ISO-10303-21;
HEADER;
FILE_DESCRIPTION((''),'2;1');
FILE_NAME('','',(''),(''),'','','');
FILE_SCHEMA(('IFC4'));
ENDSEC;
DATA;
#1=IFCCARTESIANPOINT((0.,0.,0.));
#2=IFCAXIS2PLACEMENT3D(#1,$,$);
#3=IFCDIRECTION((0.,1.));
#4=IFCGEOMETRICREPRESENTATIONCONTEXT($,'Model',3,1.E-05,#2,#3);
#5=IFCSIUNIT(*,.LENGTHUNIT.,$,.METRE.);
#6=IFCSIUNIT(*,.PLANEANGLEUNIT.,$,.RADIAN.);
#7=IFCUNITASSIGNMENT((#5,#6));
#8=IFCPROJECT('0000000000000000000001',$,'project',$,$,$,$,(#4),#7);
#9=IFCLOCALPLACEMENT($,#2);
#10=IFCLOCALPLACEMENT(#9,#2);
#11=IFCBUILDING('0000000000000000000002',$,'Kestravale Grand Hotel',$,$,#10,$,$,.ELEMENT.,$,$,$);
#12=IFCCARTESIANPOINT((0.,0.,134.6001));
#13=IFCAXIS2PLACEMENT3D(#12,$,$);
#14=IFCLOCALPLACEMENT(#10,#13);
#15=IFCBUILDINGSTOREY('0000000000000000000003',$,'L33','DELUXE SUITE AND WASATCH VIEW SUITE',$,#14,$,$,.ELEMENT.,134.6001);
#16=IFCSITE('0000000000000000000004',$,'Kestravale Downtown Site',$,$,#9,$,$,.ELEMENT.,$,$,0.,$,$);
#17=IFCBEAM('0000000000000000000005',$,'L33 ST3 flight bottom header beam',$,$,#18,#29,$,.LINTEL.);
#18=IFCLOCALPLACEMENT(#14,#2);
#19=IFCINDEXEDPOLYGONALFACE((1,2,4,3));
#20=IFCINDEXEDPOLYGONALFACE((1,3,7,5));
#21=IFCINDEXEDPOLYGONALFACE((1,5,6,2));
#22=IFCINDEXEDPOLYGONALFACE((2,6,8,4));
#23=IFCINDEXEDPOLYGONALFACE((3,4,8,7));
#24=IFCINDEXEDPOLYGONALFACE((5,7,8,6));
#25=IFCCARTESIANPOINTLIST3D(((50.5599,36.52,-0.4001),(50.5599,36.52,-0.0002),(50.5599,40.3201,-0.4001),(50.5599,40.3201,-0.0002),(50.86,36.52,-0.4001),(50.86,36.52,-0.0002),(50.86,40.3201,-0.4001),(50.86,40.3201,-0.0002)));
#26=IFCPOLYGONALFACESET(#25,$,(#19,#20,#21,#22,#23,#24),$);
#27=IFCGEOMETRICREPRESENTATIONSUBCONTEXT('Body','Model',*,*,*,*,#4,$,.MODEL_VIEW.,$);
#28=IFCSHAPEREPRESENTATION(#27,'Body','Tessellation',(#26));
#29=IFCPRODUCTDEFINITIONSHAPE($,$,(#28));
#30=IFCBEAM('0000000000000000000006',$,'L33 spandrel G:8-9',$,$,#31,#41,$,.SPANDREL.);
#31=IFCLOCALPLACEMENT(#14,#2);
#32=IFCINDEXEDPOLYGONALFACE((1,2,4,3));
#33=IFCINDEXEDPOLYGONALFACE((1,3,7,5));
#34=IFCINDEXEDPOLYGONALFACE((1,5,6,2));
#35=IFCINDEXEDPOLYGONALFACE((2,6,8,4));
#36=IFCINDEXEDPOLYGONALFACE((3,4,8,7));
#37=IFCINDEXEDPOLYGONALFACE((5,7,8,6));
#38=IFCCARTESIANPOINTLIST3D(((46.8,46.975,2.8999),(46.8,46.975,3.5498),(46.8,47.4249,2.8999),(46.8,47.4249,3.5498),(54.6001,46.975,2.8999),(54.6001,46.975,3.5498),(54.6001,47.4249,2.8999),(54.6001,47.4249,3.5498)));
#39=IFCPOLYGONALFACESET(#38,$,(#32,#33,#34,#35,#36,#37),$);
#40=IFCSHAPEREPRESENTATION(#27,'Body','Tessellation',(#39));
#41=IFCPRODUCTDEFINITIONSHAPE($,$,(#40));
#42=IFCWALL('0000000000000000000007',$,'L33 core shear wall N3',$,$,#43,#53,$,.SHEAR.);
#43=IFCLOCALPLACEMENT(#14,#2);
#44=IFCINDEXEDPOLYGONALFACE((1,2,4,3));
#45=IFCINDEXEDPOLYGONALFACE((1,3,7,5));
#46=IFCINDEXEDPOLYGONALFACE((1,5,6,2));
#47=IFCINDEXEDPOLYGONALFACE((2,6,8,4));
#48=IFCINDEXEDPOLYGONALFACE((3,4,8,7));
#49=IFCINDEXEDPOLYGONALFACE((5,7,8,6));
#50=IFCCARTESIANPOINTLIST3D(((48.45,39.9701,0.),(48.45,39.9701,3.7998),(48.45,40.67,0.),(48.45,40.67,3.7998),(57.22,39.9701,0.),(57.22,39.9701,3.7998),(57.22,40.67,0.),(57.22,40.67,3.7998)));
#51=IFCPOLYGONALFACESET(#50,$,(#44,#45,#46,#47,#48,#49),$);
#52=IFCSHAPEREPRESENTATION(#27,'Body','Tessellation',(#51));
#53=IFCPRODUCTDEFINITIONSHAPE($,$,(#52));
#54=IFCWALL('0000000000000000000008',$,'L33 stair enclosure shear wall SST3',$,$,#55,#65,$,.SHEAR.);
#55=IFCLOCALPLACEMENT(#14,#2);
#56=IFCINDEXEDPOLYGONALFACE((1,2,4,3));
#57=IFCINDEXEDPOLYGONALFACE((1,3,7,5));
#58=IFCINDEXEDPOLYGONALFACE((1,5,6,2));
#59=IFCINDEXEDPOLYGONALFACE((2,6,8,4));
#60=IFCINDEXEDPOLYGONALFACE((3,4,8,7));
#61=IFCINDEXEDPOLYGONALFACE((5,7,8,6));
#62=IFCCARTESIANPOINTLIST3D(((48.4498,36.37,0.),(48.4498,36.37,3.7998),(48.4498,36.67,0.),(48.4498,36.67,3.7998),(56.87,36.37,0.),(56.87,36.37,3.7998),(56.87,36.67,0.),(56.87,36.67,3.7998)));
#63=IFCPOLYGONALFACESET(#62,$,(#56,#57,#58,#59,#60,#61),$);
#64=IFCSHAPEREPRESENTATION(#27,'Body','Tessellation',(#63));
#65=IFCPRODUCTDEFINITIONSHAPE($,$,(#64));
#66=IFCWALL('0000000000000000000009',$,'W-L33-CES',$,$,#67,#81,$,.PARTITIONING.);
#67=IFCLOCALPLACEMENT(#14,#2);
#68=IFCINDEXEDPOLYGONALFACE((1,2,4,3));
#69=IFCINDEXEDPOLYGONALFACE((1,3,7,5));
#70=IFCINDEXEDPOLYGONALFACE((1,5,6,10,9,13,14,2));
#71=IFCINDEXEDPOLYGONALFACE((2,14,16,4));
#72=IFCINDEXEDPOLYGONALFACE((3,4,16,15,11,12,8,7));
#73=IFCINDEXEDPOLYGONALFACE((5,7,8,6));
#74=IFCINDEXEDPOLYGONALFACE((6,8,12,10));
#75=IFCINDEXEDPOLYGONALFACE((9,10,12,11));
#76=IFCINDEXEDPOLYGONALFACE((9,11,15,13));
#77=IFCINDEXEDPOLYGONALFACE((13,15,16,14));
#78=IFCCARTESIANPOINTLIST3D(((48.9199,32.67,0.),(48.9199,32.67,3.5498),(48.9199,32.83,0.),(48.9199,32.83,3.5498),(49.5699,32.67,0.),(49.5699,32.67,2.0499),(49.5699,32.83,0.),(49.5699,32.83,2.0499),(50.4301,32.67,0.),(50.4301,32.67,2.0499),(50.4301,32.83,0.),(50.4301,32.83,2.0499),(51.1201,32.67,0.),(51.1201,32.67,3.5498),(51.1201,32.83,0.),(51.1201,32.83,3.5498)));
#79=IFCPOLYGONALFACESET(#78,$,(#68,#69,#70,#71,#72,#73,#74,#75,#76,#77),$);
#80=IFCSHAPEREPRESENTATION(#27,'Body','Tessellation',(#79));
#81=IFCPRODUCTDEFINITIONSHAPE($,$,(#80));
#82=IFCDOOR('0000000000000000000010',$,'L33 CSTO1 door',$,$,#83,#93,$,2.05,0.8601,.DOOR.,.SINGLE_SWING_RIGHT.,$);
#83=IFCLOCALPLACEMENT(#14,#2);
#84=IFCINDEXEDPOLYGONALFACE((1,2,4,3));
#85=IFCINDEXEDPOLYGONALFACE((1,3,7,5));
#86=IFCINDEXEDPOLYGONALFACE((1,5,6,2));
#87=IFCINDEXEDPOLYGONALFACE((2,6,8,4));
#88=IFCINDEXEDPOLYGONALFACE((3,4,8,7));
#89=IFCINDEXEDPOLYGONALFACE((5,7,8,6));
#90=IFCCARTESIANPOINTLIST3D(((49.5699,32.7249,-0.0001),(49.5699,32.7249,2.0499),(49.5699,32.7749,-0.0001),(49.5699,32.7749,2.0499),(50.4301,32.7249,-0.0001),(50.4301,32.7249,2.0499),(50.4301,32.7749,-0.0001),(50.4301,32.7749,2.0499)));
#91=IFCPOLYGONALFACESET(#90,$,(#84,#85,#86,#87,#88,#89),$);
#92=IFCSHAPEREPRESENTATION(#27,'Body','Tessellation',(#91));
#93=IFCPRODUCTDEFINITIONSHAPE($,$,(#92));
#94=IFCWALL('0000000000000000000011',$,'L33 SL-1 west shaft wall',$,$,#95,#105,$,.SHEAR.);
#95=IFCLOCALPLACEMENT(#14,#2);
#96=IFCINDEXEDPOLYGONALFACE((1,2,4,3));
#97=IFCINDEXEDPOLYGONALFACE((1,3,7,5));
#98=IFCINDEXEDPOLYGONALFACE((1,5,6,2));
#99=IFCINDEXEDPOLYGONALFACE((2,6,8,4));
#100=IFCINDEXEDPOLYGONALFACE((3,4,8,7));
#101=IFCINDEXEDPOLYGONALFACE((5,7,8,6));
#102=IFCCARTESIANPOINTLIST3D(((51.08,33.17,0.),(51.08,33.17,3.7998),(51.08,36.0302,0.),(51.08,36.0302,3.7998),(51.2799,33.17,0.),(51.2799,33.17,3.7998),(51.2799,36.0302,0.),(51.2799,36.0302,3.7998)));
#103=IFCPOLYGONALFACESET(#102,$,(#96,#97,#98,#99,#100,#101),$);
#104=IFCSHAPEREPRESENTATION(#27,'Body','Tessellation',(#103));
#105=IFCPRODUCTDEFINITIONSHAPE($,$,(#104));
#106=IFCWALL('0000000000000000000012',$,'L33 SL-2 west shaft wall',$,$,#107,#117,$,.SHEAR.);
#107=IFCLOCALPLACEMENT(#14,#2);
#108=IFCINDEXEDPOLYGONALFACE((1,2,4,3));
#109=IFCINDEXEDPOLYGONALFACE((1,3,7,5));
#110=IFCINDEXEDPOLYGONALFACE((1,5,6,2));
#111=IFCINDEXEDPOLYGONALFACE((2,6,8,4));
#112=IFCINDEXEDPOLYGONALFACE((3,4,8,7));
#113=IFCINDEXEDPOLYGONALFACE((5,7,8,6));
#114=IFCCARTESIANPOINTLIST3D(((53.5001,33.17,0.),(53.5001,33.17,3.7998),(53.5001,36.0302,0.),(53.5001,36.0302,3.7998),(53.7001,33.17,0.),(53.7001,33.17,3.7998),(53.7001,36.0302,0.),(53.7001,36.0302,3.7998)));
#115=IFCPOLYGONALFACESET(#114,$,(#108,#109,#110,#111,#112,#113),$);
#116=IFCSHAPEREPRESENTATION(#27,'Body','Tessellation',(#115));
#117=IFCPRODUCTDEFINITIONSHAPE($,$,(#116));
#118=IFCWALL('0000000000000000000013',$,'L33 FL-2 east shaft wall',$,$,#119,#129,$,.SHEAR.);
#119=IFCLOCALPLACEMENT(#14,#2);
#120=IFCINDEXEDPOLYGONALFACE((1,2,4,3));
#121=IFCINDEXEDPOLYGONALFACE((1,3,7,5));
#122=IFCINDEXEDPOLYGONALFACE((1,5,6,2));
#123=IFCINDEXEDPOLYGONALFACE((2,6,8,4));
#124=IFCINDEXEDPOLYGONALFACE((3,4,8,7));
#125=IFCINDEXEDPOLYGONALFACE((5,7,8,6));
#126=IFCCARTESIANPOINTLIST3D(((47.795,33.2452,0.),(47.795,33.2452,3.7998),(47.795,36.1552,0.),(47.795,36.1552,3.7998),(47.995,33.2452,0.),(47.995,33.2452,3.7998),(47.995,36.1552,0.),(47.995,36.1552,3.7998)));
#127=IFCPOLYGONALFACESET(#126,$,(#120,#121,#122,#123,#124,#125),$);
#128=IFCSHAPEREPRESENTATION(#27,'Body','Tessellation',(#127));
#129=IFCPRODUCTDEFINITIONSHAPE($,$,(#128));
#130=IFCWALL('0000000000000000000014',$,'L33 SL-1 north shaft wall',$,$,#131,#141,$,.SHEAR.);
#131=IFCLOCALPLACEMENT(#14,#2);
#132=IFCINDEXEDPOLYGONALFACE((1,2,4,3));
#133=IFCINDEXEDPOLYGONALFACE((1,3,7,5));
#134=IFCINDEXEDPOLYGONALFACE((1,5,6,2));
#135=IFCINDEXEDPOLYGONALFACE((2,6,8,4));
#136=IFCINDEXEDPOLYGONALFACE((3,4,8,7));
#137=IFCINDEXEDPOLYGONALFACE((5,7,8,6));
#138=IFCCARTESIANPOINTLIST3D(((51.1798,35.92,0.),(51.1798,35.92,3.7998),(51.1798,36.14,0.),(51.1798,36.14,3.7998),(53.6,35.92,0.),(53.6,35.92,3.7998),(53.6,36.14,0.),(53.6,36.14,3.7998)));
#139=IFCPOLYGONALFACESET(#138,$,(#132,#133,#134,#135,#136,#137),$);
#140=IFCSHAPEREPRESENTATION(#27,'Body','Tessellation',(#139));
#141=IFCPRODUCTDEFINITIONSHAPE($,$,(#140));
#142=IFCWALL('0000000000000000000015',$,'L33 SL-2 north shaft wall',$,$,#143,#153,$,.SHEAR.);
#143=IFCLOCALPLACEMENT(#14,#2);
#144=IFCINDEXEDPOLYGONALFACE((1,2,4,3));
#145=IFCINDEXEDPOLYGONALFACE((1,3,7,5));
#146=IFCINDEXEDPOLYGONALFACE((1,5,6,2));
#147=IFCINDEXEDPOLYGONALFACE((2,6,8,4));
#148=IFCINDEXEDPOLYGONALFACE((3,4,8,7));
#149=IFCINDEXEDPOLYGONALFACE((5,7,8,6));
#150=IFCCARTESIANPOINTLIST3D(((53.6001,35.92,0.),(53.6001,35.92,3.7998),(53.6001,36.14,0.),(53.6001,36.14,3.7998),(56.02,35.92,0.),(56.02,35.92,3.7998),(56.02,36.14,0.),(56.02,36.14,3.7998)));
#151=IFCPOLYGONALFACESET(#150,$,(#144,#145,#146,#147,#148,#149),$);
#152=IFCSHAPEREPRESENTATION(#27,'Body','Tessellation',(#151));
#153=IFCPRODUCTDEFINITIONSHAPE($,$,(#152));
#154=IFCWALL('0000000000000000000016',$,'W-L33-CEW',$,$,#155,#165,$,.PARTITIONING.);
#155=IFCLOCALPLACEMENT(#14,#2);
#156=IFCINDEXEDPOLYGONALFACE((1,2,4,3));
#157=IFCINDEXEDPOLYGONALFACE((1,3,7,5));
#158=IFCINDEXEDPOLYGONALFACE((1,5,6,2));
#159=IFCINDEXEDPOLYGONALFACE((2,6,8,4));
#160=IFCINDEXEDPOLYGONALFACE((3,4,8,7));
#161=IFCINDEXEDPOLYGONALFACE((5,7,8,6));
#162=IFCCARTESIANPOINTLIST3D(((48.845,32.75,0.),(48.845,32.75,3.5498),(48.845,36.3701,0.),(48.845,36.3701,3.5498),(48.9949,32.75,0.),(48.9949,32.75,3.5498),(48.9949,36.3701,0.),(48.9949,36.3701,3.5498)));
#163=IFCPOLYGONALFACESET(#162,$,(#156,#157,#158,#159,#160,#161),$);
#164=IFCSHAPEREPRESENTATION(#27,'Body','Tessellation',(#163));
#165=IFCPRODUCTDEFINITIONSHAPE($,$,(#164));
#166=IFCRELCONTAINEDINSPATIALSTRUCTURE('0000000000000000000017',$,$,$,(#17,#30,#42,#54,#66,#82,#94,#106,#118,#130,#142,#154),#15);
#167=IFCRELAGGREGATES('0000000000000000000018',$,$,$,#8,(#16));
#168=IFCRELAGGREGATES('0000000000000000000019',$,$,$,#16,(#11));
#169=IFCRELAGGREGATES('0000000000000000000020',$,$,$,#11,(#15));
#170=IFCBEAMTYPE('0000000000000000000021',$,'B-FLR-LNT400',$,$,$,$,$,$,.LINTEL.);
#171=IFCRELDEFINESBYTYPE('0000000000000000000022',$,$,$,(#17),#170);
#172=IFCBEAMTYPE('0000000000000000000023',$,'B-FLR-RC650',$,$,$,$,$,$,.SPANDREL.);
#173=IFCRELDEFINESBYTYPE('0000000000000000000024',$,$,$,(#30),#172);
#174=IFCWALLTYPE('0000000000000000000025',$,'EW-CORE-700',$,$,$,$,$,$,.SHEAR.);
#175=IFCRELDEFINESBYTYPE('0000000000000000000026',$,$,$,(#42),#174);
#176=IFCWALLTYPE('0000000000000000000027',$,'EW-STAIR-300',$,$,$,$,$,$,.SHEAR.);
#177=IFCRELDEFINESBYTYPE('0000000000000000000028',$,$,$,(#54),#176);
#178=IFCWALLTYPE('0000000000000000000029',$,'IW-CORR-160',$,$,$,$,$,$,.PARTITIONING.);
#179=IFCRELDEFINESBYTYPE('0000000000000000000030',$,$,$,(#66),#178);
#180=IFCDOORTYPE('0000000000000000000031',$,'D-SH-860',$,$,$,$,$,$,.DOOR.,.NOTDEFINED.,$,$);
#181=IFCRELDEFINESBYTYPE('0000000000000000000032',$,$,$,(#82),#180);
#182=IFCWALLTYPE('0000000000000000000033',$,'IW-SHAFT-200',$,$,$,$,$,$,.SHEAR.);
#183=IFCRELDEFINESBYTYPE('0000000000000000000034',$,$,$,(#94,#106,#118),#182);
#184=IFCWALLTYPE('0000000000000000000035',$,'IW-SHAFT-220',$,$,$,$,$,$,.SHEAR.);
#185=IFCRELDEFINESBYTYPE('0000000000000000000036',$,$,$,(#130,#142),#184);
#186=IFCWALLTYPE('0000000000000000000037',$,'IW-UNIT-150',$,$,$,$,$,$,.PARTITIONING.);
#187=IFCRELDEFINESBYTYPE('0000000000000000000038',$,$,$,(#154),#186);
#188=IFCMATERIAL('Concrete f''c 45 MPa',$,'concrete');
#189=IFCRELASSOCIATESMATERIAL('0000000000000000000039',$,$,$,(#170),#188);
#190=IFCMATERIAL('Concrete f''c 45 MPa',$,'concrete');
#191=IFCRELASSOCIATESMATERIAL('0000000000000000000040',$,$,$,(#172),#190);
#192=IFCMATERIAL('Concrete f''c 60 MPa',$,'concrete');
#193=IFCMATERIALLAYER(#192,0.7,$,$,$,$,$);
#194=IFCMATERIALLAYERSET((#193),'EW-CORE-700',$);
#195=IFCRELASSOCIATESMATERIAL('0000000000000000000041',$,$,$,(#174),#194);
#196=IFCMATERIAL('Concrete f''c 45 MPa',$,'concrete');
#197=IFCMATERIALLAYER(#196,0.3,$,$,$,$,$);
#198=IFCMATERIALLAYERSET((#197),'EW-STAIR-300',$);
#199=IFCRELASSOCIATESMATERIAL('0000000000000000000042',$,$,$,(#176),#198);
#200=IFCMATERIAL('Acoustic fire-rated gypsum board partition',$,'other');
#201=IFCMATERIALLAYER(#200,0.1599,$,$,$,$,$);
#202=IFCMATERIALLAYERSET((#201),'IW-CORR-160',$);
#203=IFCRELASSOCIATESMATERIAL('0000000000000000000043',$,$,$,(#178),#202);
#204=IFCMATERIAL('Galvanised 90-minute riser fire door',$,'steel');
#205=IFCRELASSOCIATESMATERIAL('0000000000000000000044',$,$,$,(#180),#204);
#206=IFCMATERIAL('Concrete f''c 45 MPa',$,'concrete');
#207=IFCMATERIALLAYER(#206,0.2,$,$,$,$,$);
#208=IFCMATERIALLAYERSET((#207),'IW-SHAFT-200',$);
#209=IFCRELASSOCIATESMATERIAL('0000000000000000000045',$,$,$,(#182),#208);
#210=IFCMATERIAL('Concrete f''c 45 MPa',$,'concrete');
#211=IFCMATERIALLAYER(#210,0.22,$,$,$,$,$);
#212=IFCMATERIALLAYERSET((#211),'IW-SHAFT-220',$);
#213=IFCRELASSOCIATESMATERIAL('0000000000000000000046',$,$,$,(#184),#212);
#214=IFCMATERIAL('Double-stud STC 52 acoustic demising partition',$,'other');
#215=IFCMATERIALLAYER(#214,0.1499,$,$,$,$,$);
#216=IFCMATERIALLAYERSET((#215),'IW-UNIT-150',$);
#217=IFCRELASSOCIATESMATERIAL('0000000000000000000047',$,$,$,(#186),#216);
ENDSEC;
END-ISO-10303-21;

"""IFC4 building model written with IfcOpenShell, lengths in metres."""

from ifc_helpers import new_model, si_unit, direction, frame, frame_2d, origin, origin_2d, place, context, subcontext, project, spatial, rectangle, extrude, material, layer, layer_set, material_profile, profile_set, type_object, element, fill, save


model = new_model("IFC4")

# Units and contexts
model_context = context("Model", 3, precision=1e-05, world=origin(), true_north=direction((0.0, 1.0)))
body_context = subcontext(model_context, "Body", "Model", "MODEL_VIEW")
ifc_project = project(units=[si_unit("LENGTHUNIT", "METRE"), si_unit("PLANEANGLEUNIT", "RADIAN")], contexts=[model_context])

# Site, building, storey
site_placement = place(None, origin())
site = spatial("IfcSite", under=ifc_project, at=site_placement, Name="Kestravale Downtown Site", CompositionType="ELEMENT", RefElevation=0.0)
building_placement = place(site_placement, origin())
building = spatial("IfcBuilding", under=site, at=building_placement, Name="Kestravale Grand Hotel", CompositionType="ELEMENT")
storey_placement = place(building_placement, frame((0.0, 0.0, 134.6001)))
storey = spatial("IfcBuildingStorey", under=building, at=storey_placement, Name="L33", Description="DELUXE SUITE AND WASATCH VIEW SUITE", CompositionType="ELEMENT", Elevation=134.6001)

# Beams
ifc_material_1 = material(Name="Concrete f'c 45 MPa", Category="concrete")
ifc_material_profile_1 = material_profile(ifc_material_1, rectangle(XDim=0.3, YDim=0.3999, at=origin_2d()))
ifc_profile_set_1 = profile_set([ifc_material_profile_1], Name="Concrete f'c 45 MPa")
beam_type_1 = type_object("IfcBeamType", Name="B-FLR-LNT400", PredefinedType="LINTEL", material=ifc_profile_set_1)
beam_1_placement = place(storey_placement, frame((50.71, 36.52, -0.2002), z_axis=(0.0, 1.0, 0.0), x_axis=(-1.0, 0.0, 0.0)))
element("IfcBeam", 1, at=beam_1_placement, inside=storey, type_object=beam_type_1, Name="L33 ST3 flight bottom header beam", PredefinedType="LINTEL", context=body_context, shape_type="SweptSolid", body=[
    extrude(rectangle(XDim=0.3, YDim=0.3999, at=origin_2d()), origin(), (0.0, 0.0, 1.0), 3.8),
])
ifc_material_2 = material(Name="Concrete f'c 45 MPa", Category="concrete")
ifc_material_profile_2 = material_profile(ifc_material_2, rectangle(XDim=0.45, YDim=0.6499, at=origin_2d()))
ifc_profile_set_2 = profile_set([ifc_material_profile_2], Name="Concrete f'c 45 MPa")
beam_type_2 = type_object("IfcBeamType", Name="B-FLR-RC650", PredefinedType="SPANDREL", material=ifc_profile_set_2)
beam_2_placement = place(storey_placement, frame((46.8, 47.2, 3.2249), z_axis=(1.0, 0.0, 0.0), x_axis=(0.0, 1.0, 0.0)))
element("IfcBeam", 2, at=beam_2_placement, inside=storey, type_object=beam_type_2, Name="L33 spandrel G:8-9", PredefinedType="SPANDREL", context=body_context, shape_type="SweptSolid", body=[
    extrude(rectangle(XDim=0.45, YDim=0.6499, at=origin_2d()), origin(), (0.0, 0.0, 1.0), 7.8),
])

# Walls
ifc_material_3 = material(Name="Concrete f'c 60 MPa", Category="concrete")
ifc_layer_1 = layer(ifc_material_3, 0.7)
ifc_layer_set_1 = layer_set([ifc_layer_1], Name="EW-CORE-700")
wall_type_1 = type_object("IfcWallType", Name="EW-CORE-700", PredefinedType="SHEAR", material=ifc_layer_set_1)
wall_1_placement = place(storey_placement, frame((48.45, 40.3201, 0.0), z_axis=(0.0, 0.0, 1.0), x_axis=(1.0, 0.0, 0.0)))
element("IfcWall", 3, at=wall_1_placement, inside=storey, type_object=wall_type_1, Name="L33 core shear wall N3", PredefinedType="SHEAR", context=body_context, shape_type="SweptSolid", body=[
    extrude(rectangle(XDim=8.77, YDim=0.7, at=frame_2d((4.385, 0.0))), origin(), (0.0, 0.0, 1.0), 3.7998),
])
ifc_material_4 = material(Name="Concrete f'c 45 MPa", Category="concrete")
ifc_layer_2 = layer(ifc_material_4, 0.3)
ifc_layer_set_2 = layer_set([ifc_layer_2], Name="EW-STAIR-300")
wall_type_2 = type_object("IfcWallType", Name="EW-STAIR-300", PredefinedType="SHEAR", material=ifc_layer_set_2)
wall_2_placement = place(storey_placement, frame((48.45, 36.52, 0.0), z_axis=(0.0, 0.0, 1.0), x_axis=(1.0, 0.0, 0.0)))
element("IfcWall", 4, at=wall_2_placement, inside=storey, type_object=wall_type_2, Name="L33 stair enclosure shear wall SST3", PredefinedType="SHEAR", context=body_context, shape_type="SweptSolid", body=[
    extrude(rectangle(XDim=8.4202, YDim=0.3, at=frame_2d((4.21, 0.0))), origin(), (0.0, 0.0, 1.0), 3.7998),
])

# Wall, opening, door
ifc_material_5 = material(Name="Acoustic fire-rated gypsum board partition", Category="other")
ifc_layer_3 = layer(ifc_material_5, 0.1599)
ifc_layer_set_3 = layer_set([ifc_layer_3], Name="IW-CORR-160")
wall_type_3 = type_object("IfcWallType", Name="IW-CORR-160", PredefinedType="PARTITIONING", material=ifc_layer_set_3)
wall_3_placement = place(storey_placement, frame((48.9199, 32.75, 0.0), z_axis=(0.0, 0.0, 1.0), x_axis=(1.0, 0.0, 0.0)))
wall_3 = element("IfcWall", 5, at=wall_3_placement, inside=storey, type_object=wall_type_3, Name="W-L33-CES", PredefinedType="PARTITIONING", context=body_context, shape_type="SweptSolid", body=[
    extrude(rectangle(XDim=2.2002, YDim=0.1599, at=frame_2d((1.1001, 0.0))), origin(), (0.0, 0.0, 1.0), 3.5498),
])
opening_1_placement = place(wall_3_placement, frame((0.6499, 0.0, 0.0)))
opening_1 = element("IfcOpeningElement", 6, at=opening_1_placement, cuts=wall_3, PredefinedType="OPENING", context=body_context, shape_type="SweptSolid", body=[
    extrude(rectangle(XDim=0.8601, YDim=2.05, at=frame_2d((0.4302, 1.0249))), frame((0.0, 0.0898, 0.0), z_axis=(0.0, -1.0, 0.0), x_axis=(1.0, 0.0, 0.0)), (0.0, 0.0, 1.0), 0.1799),
])
ifc_material_6 = material(Name="Galvanised 90-minute riser fire door", Category="steel")
door_type_1 = type_object("IfcDoorType", Name="D-SH-860", OperationType="NOTDEFINED", PredefinedType="DOOR", material=ifc_material_6)
door_1_placement = place(opening_1_placement, origin())
door_1 = element("IfcDoor", 7, at=door_1_placement, inside=storey, type_object=door_type_1, Name="L33 CSTO1 door", OperationType="SINGLE_SWING_RIGHT", OverallHeight=2.05, OverallWidth=0.8601, PredefinedType="DOOR", context=body_context, shape_type="SweptSolid", body=[
    extrude(rectangle(XDim=0.8601, YDim=2.05, at=frame_2d((0.4302, 1.0249))), frame((0.0, 0.0249, 0.0), z_axis=(0.0, -1.0, 0.0), x_axis=(1.0, 0.0, 0.0)), (0.0, 0.0, 1.0), 0.05),
])
fill(opening_1, door_1)

# Walls
ifc_material_7 = material(Name="Concrete f'c 45 MPa", Category="concrete")
ifc_layer_4 = layer(ifc_material_7, 0.2)
ifc_layer_set_4 = layer_set([ifc_layer_4], Name="IW-SHAFT-200")
wall_type_4 = type_object("IfcWallType", Name="IW-SHAFT-200", PredefinedType="SHEAR", material=ifc_layer_set_4)
for number, where, z_axis, x_axis, name in (
    (8, (51.1799, 33.1699, 0.0), (0.0, 0.0, 1.0), (0.0, 1.0, 0.0), "L33 SL-1 west shaft wall"),
    (9, (53.6001, 33.1699, 0.0), (0.0, 0.0, 1.0), (0.0, 1.0, 0.0), "L33 SL-2 west shaft wall"),
):
    element("IfcWall", number, at=place(storey_placement, frame(where, z_axis=z_axis, x_axis=x_axis)), inside=storey, type_object=wall_type_4, Name=name, PredefinedType="SHEAR", context=body_context, shape_type="SweptSolid", body=[
        extrude(rectangle(XDim=2.8601, YDim=0.2, at=frame_2d((1.4302, 0.0))), origin(), (0.0, 0.0, 1.0), 3.7998),
    ])
wall_4_placement = place(storey_placement, frame((47.895, 33.2451, 0.0), z_axis=(0.0, 0.0, 1.0), x_axis=(0.0, 1.0, 0.0)))
element("IfcWall", 10, at=wall_4_placement, inside=storey, type_object=wall_type_4, Name="L33 FL-2 east shaft wall", PredefinedType="SHEAR", context=body_context, shape_type="SweptSolid", body=[
    extrude(rectangle(XDim=2.9099, YDim=0.2, at=frame_2d((1.4551, 0.0))), origin(), (0.0, 0.0, 1.0), 3.7998),
])
ifc_material_8 = material(Name="Concrete f'c 45 MPa", Category="concrete")
ifc_layer_5 = layer(ifc_material_8, 0.22)
ifc_layer_set_5 = layer_set([ifc_layer_5], Name="IW-SHAFT-220")
wall_type_5 = type_object("IfcWallType", Name="IW-SHAFT-220", PredefinedType="SHEAR", material=ifc_layer_set_5)
wall_5_placement = place(storey_placement, frame((51.1799, 36.03, 0.0), z_axis=(0.0, 0.0, 1.0), x_axis=(1.0, 0.0, 0.0)))
element("IfcWall", 11, at=wall_5_placement, inside=storey, type_object=wall_type_5, Name="L33 SL-1 north shaft wall", PredefinedType="SHEAR", context=body_context, shape_type="SweptSolid", body=[
    extrude(rectangle(XDim=2.4202, YDim=0.22, at=frame_2d((1.21, 0.0))), origin(), (0.0, 0.0, 1.0), 3.7998),
])

# Wall
wall_6_placement = place(storey_placement, frame((53.6001, 36.03, 0.0), z_axis=(0.0, 0.0, 1.0), x_axis=(1.0, 0.0, 0.0)))
element("IfcWall", 12, at=wall_6_placement, inside=storey, type_object=wall_type_5, Name="L33 SL-2 north shaft wall", PredefinedType="SHEAR", context=body_context, shape_type="SweptSolid", body=[
    extrude(rectangle(XDim=2.4199, YDim=0.22, at=frame_2d((1.21, 0.0))), origin(), (0.0, 0.0, 1.0), 3.7998),
])

# Wall
ifc_material_9 = material(Name="Double-stud STC 52 acoustic demising partition", Category="other")
ifc_layer_6 = layer(ifc_material_9, 0.1499)
ifc_layer_set_6 = layer_set([ifc_layer_6], Name="IW-UNIT-150")
wall_type_6 = type_object("IfcWallType", Name="IW-UNIT-150", PredefinedType="PARTITIONING", material=ifc_layer_set_6)
wall_7_placement = place(storey_placement, frame((48.9199, 32.75, 0.0), z_axis=(0.0, 0.0, 1.0), x_axis=(0.0, 1.0, 0.0)))
element("IfcWall", 13, at=wall_7_placement, inside=storey, type_object=wall_type_6, Name="W-L33-CEW", PredefinedType="PARTITIONING", context=body_context, shape_type="SweptSolid", body=[
    extrude(rectangle(XDim=3.6201, YDim=0.1499, at=frame_2d((1.8101, 0.0))), origin(), (0.0, 0.0, 1.0), 3.5498),
])

save(model, "model.ifc")
